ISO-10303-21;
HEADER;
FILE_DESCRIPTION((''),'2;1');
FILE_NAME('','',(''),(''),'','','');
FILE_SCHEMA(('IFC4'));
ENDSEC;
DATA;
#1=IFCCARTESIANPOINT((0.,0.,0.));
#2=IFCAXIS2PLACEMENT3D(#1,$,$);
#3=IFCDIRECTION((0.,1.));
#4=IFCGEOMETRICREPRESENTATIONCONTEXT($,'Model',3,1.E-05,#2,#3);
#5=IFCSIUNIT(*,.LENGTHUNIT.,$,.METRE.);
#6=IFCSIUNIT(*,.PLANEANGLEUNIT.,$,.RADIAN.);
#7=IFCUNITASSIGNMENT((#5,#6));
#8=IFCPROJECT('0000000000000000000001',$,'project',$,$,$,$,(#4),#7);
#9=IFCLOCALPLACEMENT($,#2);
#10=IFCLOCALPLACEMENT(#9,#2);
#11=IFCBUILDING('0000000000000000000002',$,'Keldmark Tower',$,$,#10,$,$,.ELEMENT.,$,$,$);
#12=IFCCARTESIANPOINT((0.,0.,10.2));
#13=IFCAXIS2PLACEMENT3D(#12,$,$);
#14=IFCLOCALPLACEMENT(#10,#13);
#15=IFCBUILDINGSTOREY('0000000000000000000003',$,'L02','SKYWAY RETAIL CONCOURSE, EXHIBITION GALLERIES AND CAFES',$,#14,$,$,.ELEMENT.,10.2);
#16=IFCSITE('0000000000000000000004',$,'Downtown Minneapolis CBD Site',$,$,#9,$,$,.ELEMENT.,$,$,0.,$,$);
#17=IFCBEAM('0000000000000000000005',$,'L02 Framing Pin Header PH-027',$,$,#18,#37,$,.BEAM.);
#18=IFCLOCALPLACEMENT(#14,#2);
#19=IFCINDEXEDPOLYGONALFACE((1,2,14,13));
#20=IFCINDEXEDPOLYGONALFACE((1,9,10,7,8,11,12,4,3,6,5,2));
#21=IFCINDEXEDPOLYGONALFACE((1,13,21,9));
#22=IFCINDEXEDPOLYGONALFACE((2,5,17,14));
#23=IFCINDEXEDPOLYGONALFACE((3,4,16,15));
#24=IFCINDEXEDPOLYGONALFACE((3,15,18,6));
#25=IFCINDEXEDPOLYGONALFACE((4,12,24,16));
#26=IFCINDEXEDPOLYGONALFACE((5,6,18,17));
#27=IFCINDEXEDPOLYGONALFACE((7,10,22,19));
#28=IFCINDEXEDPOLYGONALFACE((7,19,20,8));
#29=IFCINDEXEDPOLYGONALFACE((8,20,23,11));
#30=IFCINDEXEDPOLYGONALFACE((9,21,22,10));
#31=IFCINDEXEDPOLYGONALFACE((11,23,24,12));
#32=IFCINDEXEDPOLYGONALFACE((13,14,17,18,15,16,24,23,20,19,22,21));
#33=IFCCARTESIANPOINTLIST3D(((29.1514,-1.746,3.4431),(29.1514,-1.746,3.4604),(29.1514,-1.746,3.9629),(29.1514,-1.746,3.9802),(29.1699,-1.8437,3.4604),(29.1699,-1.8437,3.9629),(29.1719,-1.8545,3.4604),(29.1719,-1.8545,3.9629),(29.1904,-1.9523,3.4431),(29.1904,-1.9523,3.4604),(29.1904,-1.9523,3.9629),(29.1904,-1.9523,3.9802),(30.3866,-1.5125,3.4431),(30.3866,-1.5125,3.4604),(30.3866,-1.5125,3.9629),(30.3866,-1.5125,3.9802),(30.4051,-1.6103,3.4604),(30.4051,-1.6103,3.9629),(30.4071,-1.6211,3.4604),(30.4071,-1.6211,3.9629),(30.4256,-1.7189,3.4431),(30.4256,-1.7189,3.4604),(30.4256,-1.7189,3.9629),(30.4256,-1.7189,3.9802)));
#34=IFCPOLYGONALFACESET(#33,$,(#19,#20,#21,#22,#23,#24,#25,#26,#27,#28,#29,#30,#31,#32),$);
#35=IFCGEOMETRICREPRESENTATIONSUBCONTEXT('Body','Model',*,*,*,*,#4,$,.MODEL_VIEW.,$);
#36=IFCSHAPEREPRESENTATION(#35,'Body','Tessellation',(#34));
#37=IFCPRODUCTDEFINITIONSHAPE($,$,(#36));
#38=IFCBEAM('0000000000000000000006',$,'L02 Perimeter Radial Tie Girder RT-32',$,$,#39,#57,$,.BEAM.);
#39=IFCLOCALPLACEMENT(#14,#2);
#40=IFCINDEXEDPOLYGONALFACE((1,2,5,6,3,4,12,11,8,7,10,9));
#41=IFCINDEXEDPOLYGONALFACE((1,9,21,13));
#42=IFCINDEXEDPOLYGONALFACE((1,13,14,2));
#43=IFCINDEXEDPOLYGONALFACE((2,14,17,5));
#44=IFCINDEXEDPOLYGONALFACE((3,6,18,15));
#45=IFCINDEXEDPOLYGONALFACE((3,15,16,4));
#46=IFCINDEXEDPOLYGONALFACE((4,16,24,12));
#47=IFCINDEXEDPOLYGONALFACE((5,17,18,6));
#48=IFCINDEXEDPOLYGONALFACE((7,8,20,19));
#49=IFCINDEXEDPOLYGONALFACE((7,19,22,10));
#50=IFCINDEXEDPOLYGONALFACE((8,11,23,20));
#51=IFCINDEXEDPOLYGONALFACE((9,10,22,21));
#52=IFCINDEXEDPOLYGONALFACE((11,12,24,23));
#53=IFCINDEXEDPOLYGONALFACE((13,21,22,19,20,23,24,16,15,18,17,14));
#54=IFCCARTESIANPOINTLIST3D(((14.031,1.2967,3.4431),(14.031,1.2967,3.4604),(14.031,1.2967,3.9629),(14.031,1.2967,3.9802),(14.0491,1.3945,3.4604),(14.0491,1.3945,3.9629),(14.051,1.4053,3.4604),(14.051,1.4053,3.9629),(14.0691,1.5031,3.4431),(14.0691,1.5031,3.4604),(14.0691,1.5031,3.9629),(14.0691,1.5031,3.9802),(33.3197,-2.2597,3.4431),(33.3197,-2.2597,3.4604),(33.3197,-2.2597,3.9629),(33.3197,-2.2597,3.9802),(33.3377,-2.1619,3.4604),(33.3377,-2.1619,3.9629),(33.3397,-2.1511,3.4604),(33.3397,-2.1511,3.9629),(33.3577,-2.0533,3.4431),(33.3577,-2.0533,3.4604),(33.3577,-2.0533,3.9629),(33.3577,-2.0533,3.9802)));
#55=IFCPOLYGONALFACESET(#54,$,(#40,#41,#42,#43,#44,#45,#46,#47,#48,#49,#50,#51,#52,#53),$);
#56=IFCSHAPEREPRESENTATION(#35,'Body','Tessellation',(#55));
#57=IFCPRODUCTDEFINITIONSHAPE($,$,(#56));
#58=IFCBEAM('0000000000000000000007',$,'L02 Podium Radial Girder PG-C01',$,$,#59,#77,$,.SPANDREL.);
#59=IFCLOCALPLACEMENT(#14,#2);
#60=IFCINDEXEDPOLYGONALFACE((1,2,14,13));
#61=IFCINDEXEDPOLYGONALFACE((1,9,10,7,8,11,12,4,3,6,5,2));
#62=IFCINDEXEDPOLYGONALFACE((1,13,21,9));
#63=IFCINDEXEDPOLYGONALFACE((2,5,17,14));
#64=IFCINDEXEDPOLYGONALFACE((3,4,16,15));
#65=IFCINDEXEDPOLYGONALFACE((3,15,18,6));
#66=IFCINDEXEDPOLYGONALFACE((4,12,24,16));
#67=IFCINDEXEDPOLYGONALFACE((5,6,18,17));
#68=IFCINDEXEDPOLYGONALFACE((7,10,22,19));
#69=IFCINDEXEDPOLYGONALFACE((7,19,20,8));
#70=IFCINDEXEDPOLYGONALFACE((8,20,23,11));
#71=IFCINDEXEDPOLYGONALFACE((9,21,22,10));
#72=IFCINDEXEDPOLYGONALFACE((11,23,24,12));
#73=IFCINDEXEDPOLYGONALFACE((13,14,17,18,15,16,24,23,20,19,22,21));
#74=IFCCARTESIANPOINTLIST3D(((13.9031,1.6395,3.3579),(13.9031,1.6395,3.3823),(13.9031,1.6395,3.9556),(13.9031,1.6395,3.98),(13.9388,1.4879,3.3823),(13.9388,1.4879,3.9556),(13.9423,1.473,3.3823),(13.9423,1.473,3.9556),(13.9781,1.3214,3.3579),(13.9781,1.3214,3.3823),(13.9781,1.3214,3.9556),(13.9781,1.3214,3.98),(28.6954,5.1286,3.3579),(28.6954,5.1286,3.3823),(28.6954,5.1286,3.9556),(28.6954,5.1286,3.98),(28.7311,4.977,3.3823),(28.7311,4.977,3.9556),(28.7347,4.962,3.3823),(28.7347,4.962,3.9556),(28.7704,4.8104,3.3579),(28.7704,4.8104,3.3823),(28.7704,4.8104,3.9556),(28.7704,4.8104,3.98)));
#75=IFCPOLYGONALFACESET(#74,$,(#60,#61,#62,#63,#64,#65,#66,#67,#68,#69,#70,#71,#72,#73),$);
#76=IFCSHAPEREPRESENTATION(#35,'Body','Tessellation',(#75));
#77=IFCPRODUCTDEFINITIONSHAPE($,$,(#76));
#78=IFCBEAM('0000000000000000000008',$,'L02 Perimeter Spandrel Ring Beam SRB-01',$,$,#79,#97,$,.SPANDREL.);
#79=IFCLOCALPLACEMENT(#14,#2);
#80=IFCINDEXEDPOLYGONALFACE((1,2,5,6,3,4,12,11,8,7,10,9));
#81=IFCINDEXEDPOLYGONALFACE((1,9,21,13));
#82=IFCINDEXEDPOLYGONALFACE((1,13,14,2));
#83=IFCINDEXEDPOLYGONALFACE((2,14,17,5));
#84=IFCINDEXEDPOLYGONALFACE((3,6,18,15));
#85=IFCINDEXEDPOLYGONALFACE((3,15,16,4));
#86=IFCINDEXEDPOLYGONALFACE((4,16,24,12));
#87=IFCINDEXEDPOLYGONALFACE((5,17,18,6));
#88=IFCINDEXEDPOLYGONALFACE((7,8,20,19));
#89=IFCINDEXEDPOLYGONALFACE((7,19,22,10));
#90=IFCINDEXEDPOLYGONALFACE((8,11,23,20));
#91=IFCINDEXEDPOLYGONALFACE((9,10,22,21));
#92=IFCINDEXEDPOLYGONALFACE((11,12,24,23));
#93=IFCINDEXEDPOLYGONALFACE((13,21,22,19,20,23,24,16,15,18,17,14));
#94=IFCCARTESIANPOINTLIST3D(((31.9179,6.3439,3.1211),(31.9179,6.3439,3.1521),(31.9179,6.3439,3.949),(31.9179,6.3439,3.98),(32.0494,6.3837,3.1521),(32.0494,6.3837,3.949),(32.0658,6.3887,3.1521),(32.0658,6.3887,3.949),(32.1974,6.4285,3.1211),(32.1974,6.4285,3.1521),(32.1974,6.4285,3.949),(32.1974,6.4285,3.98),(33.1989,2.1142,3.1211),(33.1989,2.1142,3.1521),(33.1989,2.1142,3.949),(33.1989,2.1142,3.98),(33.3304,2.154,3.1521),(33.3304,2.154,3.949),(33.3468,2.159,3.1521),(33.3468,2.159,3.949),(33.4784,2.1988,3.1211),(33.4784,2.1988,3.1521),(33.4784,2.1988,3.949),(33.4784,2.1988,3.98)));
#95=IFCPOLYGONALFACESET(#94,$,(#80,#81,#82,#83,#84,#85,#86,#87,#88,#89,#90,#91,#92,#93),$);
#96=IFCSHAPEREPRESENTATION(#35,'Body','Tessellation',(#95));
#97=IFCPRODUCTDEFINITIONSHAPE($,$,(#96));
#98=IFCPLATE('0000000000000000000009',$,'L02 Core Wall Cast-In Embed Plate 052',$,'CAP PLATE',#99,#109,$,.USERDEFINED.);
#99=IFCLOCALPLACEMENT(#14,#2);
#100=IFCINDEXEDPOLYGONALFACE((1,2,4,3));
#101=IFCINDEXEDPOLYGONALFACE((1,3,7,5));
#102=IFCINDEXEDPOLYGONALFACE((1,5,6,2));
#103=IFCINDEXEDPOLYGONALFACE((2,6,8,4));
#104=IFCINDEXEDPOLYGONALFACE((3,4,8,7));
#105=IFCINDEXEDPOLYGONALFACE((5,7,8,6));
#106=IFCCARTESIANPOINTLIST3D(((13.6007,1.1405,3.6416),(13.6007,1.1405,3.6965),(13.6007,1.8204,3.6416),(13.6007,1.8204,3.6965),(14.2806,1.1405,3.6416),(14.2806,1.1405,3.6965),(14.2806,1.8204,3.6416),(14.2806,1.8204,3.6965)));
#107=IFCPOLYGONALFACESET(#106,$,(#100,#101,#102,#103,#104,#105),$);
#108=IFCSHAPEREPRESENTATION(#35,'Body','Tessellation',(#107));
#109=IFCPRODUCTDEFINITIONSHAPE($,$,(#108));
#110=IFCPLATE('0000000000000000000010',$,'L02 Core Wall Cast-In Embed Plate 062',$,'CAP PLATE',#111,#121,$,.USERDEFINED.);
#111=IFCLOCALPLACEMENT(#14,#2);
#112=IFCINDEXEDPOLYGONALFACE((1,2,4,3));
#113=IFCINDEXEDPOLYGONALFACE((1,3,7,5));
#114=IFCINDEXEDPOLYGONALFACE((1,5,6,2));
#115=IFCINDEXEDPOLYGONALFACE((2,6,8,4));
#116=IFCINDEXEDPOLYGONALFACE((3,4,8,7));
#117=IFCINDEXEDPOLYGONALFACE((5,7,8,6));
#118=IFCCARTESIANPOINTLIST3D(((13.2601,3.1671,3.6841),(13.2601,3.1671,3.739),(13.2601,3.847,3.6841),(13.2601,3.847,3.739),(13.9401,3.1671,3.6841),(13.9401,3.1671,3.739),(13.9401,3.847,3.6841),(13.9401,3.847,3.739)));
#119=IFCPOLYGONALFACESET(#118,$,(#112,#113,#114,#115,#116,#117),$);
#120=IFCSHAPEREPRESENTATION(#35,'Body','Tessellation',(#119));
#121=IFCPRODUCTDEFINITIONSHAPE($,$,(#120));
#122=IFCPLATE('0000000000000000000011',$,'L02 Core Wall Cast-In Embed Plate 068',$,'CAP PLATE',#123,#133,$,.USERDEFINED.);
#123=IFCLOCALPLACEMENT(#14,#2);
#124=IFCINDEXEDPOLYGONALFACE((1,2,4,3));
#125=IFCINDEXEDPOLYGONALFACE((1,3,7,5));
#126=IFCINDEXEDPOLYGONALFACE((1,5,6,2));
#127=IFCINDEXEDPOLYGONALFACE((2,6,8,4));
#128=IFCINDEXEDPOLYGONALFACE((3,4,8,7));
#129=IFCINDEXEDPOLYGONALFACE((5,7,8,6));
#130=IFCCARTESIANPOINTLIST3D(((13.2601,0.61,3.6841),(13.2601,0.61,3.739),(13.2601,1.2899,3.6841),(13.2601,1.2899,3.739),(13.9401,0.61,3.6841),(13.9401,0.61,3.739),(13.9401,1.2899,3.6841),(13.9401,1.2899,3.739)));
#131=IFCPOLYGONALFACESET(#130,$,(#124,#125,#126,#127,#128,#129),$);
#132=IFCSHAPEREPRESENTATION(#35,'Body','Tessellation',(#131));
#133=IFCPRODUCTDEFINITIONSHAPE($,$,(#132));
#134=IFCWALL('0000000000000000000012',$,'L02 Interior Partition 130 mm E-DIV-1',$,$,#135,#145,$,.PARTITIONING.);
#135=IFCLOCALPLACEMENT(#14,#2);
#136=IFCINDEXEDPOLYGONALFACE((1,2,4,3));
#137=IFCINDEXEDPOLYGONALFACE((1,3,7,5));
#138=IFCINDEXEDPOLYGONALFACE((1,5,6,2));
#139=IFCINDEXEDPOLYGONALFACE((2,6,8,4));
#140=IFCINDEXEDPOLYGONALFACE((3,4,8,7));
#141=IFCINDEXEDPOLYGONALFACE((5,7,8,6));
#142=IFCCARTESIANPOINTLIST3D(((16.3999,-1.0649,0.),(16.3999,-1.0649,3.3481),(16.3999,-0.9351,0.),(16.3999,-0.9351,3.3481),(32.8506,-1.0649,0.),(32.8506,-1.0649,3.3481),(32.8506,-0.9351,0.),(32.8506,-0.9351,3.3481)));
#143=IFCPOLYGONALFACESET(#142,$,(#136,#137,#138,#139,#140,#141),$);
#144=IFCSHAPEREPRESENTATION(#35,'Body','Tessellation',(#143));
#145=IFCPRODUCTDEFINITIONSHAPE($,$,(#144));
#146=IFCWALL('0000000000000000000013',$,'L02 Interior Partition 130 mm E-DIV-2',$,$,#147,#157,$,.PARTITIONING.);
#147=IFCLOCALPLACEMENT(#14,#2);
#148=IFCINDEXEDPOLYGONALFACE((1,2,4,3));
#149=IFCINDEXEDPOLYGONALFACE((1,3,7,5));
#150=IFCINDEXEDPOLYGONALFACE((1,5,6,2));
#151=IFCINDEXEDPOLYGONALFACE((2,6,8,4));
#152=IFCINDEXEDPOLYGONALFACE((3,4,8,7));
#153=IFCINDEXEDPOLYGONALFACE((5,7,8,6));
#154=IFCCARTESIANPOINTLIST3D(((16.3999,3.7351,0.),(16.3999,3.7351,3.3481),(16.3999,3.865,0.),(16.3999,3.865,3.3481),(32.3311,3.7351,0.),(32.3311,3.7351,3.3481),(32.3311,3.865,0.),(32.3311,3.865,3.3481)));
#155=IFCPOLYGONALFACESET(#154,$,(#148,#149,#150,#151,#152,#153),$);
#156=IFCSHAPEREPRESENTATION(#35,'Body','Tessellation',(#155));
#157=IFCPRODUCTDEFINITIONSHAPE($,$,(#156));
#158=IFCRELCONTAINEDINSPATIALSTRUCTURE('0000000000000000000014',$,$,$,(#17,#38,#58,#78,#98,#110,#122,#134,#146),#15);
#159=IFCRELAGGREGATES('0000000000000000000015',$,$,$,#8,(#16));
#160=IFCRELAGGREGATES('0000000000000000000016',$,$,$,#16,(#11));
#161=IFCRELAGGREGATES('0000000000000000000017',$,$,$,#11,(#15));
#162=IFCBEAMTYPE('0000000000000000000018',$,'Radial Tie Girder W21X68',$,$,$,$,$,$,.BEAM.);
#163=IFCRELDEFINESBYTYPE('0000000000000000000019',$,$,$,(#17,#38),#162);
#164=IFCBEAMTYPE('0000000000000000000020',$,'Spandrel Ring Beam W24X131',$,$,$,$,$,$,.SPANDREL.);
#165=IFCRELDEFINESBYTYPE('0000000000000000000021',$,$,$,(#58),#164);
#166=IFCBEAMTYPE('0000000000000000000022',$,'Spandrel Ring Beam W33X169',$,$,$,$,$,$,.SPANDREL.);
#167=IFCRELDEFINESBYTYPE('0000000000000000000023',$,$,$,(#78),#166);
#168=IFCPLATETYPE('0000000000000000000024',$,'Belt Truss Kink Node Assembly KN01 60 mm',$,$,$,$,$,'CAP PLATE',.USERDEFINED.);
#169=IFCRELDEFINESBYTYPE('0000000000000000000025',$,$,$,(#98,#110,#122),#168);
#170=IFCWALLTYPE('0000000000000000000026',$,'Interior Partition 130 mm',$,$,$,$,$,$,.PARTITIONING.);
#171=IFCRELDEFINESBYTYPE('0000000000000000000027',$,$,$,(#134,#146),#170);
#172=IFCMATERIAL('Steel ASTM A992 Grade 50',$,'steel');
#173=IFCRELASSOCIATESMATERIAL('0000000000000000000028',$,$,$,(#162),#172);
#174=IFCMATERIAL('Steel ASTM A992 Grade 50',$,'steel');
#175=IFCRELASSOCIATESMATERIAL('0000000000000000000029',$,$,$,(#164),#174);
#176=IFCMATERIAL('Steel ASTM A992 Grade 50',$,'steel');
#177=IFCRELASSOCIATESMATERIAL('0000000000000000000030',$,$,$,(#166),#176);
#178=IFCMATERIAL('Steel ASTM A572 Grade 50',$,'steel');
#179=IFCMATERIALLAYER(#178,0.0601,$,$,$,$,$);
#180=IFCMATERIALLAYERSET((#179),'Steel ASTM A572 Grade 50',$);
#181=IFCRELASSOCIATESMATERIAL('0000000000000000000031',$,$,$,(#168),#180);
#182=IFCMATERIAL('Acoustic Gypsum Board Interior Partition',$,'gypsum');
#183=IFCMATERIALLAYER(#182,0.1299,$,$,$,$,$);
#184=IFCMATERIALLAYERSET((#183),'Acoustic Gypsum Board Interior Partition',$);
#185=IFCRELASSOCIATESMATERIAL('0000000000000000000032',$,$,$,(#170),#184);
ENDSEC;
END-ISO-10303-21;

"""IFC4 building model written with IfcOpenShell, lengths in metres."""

from ifc_helpers import new_model, si_unit, direction, frame, frame_2d, origin, origin_2d, place, context, subcontext, project, spatial, rectangle, i_section, extrude, material, layer, layer_set, material_profile, profile_set, type_object, element, save


model = new_model("IFC4")

# Units and contexts
model_context = context("Model", 3, precision=1e-05, world=origin(), true_north=direction((0.0, 1.0)))
body_context = subcontext(model_context, "Body", "Model", "MODEL_VIEW")
ifc_project = project(units=[si_unit("LENGTHUNIT", "METRE"), si_unit("PLANEANGLEUNIT", "RADIAN")], contexts=[model_context])

# Site, building, storey
site_placement = place(None, origin())
site = spatial("IfcSite", under=ifc_project, at=site_placement, Name="Downtown Minneapolis CBD Site", CompositionType="ELEMENT", RefElevation=0.0)
building_placement = place(site_placement, origin())
building = spatial("IfcBuilding", under=site, at=building_placement, Name="Keldmark Tower", CompositionType="ELEMENT")
storey_placement = place(building_placement, frame((0.0, 0.0, 10.2)))
storey = spatial("IfcBuildingStorey", under=building, at=storey_placement, Name="L02", Description="SKYWAY RETAIL CONCOURSE, EXHIBITION GALLERIES AND CAFES", CompositionType="ELEMENT", Elevation=10.2)

# Beams
ifc_material_1 = material(Name="Steel ASTM A992 Grade 50", Category="steel")
ifc_material_profile_1 = material_profile(ifc_material_1, i_section(OverallWidth=0.21, OverallDepth=0.5371, WebThickness=0.011, FlangeThickness=0.0173, at=origin_2d()), Name="W21X68")
ifc_profile_set_1 = profile_set([ifc_material_profile_1], Name="Steel ASTM A992 Grade 50")
beam_type_1 = type_object("IfcBeamType", Name="Radial Tie Girder W21X68", PredefinedType="BEAM", material=ifc_profile_set_1)
beam_1_placement = place(storey_placement, frame((29.1709, -1.8491, 3.7117), z_axis=(0.98261, 0.185684, 0.0), x_axis=(-0.185684, 0.98261, 0.0)))
element("IfcBeam", 1, at=beam_1_placement, inside=storey, type_object=beam_type_1, Name="L02 Framing Pin Header PH-027", PredefinedType="BEAM", context=body_context, shape_type="SweptSolid", body=[
    extrude(i_section(OverallWidth=0.21, OverallDepth=0.5371, WebThickness=0.011, FlangeThickness=0.0173, at=origin_2d()), origin(), (0.0, 0.0, 1.0), 1.2571),
])
beam_2_placement = place(storey_placement, frame((14.05, 1.3999, 3.7117), z_axis=(0.983424, -0.181322, 0.0), x_axis=(0.181322, 0.983424, 0.0)))
element("IfcBeam", 2, at=beam_2_placement, inside=storey, type_object=beam_type_1, Name="L02 Perimeter Radial Tie Girder RT-32", PredefinedType="BEAM", context=body_context, shape_type="SweptSolid", body=[
    extrude(i_section(OverallWidth=0.21, OverallDepth=0.5371, WebThickness=0.011, FlangeThickness=0.0173, at=origin_2d()), origin(), (0.0, 0.0, 1.0), 19.6138),
])
ifc_material_2 = material(Name="Steel ASTM A992 Grade 50", Category="steel")
ifc_material_profile_2 = material_profile(ifc_material_2, i_section(OverallWidth=0.3269, OverallDepth=0.6221, WebThickness=0.0154, FlangeThickness=0.0244, at=origin_2d()), Name="W24X131")
ifc_profile_set_2 = profile_set([ifc_material_profile_2], Name="Steel ASTM A992 Grade 50")
beam_type_2 = type_object("IfcBeamType", Name="Spandrel Ring Beam W24X131", PredefinedType="SPANDREL", material=ifc_profile_set_2)
beam_3_placement = place(storey_placement, frame((28.7329, 4.9695, 3.6689), z_axis=(-0.973293, -0.229568, 0.0), x_axis=(0.229568, -0.973293, 0.0)))
element("IfcBeam", 3, at=beam_3_placement, inside=storey, type_object=beam_type_2, Name="L02 Podium Radial Girder PG-C01", PredefinedType="SPANDREL", context=body_context, shape_type="SweptSolid", body=[
    extrude(i_section(OverallWidth=0.3269, OverallDepth=0.6221, WebThickness=0.0154, FlangeThickness=0.0244, at=origin_2d()), origin(), (0.0, 0.0, 1.0), 15.1982),
])
ifc_material_3 = material(Name="Steel ASTM A992 Grade 50", Category="steel")
ifc_material_profile_3 = material_profile(ifc_material_3, i_section(OverallWidth=0.292, OverallDepth=0.8589, WebThickness=0.0171, FlangeThickness=0.031, at=origin_2d()), Name="W33X169")
ifc_profile_set_3 = profile_set([ifc_material_profile_3], Name="Steel ASTM A992 Grade 50")
beam_type_3 = type_object("IfcBeamType", Name="Spandrel Ring Beam W33X169", PredefinedType="SPANDREL", material=ifc_profile_set_3)
beam_4_placement = place(storey_placement, frame((33.3386, 2.1565, 3.5505), z_axis=(-0.289856, 0.95707, 0.0), x_axis=(-0.95707, -0.289856, 0.0)))
element("IfcBeam", 4, at=beam_4_placement, inside=storey, type_object=beam_type_3, Name="L02 Perimeter Spandrel Ring Beam SRB-01", PredefinedType="SPANDREL", context=body_context, shape_type="SweptSolid", body=[
    extrude(i_section(OverallWidth=0.292, OverallDepth=0.8589, WebThickness=0.0171, FlangeThickness=0.031, at=origin_2d()), origin(), (0.0, 0.0, 1.0), 4.4194),
])

# Plates
ifc_material_4 = material(Name="Steel ASTM A572 Grade 50", Category="steel")
ifc_layer_1 = layer(ifc_material_4, 0.0601)
ifc_layer_set_1 = layer_set([ifc_layer_1], Name="Steel ASTM A572 Grade 50")
plate_type = type_object("IfcPlateType", Name="Belt Truss Kink Node Assembly KN01 60 mm", ElementType="CAP PLATE", PredefinedType="USERDEFINED", material=ifc_layer_set_1)
for number, where, z_axis, x_axis, name in (
    (5, (13.9407, 1.4805, 3.6416), (0.0, 0.0, 1.0), (1.0, 0.0, 0.0), "L02 Core Wall Cast-In Embed Plate 052"),
    (6, (13.6001, 3.5071, 3.6841), (0.0, 0.0, 1.0), (1.0, 0.0, 0.0), "L02 Core Wall Cast-In Embed Plate 062"),
    (7, (13.6001, 0.95, 3.6841), (0.0, 0.0, 1.0), (1.0, 0.0, 0.0), "L02 Core Wall Cast-In Embed Plate 068"),
):
    element("IfcPlate", number, at=place(storey_placement, frame(where, z_axis=z_axis, x_axis=x_axis)), inside=storey, type_object=plate_type, Name=name, ObjectType="CAP PLATE", PredefinedType="USERDEFINED", context=body_context, shape_type="SweptSolid", body=[
        extrude(rectangle(XDim=0.6799, YDim=0.6799, at=origin_2d()), origin(), (0.0, 0.0, 1.0), 0.0549),
    ])

# Walls
ifc_material_5 = material(Name="Acoustic Gypsum Board Interior Partition", Category="gypsum")
ifc_layer_2 = layer(ifc_material_5, 0.1299)
ifc_layer_set_2 = layer_set([ifc_layer_2], Name="Acoustic Gypsum Board Interior Partition")
wall_type_1 = type_object("IfcWallType", Name="Interior Partition 130 mm", PredefinedType="PARTITIONING", material=ifc_layer_set_2)
wall_1_placement = place(storey_placement, frame((16.3999, -1.0, 0.0), z_axis=(0.0, 0.0, 1.0), x_axis=(1.0, 0.0, 0.0)))
element("IfcWall", 8, at=wall_1_placement, inside=storey, type_object=wall_type_1, Name="L02 Interior Partition 130 mm E-DIV-1", PredefinedType="PARTITIONING", context=body_context, shape_type="SweptSolid", body=[
    extrude(rectangle(XDim=16.4507, YDim=0.1299, at=frame_2d((8.2253, 0.0))), origin(), (0.0, 0.0, 1.0), 3.3481),
])
wall_2_placement = place(storey_placement, frame((16.3999, 3.8, 0.0), z_axis=(0.0, 0.0, 1.0), x_axis=(1.0, 0.0, 0.0)))
element("IfcWall", 9, at=wall_2_placement, inside=storey, type_object=wall_type_1, Name="L02 Interior Partition 130 mm E-DIV-2", PredefinedType="PARTITIONING", context=body_context, shape_type="SweptSolid", body=[
    extrude(rectangle(XDim=15.9312, YDim=0.1299, at=frame_2d((7.9656, 0.0))), origin(), (0.0, 0.0, 1.0), 3.3481),
])

save(model, "model.ifc")
